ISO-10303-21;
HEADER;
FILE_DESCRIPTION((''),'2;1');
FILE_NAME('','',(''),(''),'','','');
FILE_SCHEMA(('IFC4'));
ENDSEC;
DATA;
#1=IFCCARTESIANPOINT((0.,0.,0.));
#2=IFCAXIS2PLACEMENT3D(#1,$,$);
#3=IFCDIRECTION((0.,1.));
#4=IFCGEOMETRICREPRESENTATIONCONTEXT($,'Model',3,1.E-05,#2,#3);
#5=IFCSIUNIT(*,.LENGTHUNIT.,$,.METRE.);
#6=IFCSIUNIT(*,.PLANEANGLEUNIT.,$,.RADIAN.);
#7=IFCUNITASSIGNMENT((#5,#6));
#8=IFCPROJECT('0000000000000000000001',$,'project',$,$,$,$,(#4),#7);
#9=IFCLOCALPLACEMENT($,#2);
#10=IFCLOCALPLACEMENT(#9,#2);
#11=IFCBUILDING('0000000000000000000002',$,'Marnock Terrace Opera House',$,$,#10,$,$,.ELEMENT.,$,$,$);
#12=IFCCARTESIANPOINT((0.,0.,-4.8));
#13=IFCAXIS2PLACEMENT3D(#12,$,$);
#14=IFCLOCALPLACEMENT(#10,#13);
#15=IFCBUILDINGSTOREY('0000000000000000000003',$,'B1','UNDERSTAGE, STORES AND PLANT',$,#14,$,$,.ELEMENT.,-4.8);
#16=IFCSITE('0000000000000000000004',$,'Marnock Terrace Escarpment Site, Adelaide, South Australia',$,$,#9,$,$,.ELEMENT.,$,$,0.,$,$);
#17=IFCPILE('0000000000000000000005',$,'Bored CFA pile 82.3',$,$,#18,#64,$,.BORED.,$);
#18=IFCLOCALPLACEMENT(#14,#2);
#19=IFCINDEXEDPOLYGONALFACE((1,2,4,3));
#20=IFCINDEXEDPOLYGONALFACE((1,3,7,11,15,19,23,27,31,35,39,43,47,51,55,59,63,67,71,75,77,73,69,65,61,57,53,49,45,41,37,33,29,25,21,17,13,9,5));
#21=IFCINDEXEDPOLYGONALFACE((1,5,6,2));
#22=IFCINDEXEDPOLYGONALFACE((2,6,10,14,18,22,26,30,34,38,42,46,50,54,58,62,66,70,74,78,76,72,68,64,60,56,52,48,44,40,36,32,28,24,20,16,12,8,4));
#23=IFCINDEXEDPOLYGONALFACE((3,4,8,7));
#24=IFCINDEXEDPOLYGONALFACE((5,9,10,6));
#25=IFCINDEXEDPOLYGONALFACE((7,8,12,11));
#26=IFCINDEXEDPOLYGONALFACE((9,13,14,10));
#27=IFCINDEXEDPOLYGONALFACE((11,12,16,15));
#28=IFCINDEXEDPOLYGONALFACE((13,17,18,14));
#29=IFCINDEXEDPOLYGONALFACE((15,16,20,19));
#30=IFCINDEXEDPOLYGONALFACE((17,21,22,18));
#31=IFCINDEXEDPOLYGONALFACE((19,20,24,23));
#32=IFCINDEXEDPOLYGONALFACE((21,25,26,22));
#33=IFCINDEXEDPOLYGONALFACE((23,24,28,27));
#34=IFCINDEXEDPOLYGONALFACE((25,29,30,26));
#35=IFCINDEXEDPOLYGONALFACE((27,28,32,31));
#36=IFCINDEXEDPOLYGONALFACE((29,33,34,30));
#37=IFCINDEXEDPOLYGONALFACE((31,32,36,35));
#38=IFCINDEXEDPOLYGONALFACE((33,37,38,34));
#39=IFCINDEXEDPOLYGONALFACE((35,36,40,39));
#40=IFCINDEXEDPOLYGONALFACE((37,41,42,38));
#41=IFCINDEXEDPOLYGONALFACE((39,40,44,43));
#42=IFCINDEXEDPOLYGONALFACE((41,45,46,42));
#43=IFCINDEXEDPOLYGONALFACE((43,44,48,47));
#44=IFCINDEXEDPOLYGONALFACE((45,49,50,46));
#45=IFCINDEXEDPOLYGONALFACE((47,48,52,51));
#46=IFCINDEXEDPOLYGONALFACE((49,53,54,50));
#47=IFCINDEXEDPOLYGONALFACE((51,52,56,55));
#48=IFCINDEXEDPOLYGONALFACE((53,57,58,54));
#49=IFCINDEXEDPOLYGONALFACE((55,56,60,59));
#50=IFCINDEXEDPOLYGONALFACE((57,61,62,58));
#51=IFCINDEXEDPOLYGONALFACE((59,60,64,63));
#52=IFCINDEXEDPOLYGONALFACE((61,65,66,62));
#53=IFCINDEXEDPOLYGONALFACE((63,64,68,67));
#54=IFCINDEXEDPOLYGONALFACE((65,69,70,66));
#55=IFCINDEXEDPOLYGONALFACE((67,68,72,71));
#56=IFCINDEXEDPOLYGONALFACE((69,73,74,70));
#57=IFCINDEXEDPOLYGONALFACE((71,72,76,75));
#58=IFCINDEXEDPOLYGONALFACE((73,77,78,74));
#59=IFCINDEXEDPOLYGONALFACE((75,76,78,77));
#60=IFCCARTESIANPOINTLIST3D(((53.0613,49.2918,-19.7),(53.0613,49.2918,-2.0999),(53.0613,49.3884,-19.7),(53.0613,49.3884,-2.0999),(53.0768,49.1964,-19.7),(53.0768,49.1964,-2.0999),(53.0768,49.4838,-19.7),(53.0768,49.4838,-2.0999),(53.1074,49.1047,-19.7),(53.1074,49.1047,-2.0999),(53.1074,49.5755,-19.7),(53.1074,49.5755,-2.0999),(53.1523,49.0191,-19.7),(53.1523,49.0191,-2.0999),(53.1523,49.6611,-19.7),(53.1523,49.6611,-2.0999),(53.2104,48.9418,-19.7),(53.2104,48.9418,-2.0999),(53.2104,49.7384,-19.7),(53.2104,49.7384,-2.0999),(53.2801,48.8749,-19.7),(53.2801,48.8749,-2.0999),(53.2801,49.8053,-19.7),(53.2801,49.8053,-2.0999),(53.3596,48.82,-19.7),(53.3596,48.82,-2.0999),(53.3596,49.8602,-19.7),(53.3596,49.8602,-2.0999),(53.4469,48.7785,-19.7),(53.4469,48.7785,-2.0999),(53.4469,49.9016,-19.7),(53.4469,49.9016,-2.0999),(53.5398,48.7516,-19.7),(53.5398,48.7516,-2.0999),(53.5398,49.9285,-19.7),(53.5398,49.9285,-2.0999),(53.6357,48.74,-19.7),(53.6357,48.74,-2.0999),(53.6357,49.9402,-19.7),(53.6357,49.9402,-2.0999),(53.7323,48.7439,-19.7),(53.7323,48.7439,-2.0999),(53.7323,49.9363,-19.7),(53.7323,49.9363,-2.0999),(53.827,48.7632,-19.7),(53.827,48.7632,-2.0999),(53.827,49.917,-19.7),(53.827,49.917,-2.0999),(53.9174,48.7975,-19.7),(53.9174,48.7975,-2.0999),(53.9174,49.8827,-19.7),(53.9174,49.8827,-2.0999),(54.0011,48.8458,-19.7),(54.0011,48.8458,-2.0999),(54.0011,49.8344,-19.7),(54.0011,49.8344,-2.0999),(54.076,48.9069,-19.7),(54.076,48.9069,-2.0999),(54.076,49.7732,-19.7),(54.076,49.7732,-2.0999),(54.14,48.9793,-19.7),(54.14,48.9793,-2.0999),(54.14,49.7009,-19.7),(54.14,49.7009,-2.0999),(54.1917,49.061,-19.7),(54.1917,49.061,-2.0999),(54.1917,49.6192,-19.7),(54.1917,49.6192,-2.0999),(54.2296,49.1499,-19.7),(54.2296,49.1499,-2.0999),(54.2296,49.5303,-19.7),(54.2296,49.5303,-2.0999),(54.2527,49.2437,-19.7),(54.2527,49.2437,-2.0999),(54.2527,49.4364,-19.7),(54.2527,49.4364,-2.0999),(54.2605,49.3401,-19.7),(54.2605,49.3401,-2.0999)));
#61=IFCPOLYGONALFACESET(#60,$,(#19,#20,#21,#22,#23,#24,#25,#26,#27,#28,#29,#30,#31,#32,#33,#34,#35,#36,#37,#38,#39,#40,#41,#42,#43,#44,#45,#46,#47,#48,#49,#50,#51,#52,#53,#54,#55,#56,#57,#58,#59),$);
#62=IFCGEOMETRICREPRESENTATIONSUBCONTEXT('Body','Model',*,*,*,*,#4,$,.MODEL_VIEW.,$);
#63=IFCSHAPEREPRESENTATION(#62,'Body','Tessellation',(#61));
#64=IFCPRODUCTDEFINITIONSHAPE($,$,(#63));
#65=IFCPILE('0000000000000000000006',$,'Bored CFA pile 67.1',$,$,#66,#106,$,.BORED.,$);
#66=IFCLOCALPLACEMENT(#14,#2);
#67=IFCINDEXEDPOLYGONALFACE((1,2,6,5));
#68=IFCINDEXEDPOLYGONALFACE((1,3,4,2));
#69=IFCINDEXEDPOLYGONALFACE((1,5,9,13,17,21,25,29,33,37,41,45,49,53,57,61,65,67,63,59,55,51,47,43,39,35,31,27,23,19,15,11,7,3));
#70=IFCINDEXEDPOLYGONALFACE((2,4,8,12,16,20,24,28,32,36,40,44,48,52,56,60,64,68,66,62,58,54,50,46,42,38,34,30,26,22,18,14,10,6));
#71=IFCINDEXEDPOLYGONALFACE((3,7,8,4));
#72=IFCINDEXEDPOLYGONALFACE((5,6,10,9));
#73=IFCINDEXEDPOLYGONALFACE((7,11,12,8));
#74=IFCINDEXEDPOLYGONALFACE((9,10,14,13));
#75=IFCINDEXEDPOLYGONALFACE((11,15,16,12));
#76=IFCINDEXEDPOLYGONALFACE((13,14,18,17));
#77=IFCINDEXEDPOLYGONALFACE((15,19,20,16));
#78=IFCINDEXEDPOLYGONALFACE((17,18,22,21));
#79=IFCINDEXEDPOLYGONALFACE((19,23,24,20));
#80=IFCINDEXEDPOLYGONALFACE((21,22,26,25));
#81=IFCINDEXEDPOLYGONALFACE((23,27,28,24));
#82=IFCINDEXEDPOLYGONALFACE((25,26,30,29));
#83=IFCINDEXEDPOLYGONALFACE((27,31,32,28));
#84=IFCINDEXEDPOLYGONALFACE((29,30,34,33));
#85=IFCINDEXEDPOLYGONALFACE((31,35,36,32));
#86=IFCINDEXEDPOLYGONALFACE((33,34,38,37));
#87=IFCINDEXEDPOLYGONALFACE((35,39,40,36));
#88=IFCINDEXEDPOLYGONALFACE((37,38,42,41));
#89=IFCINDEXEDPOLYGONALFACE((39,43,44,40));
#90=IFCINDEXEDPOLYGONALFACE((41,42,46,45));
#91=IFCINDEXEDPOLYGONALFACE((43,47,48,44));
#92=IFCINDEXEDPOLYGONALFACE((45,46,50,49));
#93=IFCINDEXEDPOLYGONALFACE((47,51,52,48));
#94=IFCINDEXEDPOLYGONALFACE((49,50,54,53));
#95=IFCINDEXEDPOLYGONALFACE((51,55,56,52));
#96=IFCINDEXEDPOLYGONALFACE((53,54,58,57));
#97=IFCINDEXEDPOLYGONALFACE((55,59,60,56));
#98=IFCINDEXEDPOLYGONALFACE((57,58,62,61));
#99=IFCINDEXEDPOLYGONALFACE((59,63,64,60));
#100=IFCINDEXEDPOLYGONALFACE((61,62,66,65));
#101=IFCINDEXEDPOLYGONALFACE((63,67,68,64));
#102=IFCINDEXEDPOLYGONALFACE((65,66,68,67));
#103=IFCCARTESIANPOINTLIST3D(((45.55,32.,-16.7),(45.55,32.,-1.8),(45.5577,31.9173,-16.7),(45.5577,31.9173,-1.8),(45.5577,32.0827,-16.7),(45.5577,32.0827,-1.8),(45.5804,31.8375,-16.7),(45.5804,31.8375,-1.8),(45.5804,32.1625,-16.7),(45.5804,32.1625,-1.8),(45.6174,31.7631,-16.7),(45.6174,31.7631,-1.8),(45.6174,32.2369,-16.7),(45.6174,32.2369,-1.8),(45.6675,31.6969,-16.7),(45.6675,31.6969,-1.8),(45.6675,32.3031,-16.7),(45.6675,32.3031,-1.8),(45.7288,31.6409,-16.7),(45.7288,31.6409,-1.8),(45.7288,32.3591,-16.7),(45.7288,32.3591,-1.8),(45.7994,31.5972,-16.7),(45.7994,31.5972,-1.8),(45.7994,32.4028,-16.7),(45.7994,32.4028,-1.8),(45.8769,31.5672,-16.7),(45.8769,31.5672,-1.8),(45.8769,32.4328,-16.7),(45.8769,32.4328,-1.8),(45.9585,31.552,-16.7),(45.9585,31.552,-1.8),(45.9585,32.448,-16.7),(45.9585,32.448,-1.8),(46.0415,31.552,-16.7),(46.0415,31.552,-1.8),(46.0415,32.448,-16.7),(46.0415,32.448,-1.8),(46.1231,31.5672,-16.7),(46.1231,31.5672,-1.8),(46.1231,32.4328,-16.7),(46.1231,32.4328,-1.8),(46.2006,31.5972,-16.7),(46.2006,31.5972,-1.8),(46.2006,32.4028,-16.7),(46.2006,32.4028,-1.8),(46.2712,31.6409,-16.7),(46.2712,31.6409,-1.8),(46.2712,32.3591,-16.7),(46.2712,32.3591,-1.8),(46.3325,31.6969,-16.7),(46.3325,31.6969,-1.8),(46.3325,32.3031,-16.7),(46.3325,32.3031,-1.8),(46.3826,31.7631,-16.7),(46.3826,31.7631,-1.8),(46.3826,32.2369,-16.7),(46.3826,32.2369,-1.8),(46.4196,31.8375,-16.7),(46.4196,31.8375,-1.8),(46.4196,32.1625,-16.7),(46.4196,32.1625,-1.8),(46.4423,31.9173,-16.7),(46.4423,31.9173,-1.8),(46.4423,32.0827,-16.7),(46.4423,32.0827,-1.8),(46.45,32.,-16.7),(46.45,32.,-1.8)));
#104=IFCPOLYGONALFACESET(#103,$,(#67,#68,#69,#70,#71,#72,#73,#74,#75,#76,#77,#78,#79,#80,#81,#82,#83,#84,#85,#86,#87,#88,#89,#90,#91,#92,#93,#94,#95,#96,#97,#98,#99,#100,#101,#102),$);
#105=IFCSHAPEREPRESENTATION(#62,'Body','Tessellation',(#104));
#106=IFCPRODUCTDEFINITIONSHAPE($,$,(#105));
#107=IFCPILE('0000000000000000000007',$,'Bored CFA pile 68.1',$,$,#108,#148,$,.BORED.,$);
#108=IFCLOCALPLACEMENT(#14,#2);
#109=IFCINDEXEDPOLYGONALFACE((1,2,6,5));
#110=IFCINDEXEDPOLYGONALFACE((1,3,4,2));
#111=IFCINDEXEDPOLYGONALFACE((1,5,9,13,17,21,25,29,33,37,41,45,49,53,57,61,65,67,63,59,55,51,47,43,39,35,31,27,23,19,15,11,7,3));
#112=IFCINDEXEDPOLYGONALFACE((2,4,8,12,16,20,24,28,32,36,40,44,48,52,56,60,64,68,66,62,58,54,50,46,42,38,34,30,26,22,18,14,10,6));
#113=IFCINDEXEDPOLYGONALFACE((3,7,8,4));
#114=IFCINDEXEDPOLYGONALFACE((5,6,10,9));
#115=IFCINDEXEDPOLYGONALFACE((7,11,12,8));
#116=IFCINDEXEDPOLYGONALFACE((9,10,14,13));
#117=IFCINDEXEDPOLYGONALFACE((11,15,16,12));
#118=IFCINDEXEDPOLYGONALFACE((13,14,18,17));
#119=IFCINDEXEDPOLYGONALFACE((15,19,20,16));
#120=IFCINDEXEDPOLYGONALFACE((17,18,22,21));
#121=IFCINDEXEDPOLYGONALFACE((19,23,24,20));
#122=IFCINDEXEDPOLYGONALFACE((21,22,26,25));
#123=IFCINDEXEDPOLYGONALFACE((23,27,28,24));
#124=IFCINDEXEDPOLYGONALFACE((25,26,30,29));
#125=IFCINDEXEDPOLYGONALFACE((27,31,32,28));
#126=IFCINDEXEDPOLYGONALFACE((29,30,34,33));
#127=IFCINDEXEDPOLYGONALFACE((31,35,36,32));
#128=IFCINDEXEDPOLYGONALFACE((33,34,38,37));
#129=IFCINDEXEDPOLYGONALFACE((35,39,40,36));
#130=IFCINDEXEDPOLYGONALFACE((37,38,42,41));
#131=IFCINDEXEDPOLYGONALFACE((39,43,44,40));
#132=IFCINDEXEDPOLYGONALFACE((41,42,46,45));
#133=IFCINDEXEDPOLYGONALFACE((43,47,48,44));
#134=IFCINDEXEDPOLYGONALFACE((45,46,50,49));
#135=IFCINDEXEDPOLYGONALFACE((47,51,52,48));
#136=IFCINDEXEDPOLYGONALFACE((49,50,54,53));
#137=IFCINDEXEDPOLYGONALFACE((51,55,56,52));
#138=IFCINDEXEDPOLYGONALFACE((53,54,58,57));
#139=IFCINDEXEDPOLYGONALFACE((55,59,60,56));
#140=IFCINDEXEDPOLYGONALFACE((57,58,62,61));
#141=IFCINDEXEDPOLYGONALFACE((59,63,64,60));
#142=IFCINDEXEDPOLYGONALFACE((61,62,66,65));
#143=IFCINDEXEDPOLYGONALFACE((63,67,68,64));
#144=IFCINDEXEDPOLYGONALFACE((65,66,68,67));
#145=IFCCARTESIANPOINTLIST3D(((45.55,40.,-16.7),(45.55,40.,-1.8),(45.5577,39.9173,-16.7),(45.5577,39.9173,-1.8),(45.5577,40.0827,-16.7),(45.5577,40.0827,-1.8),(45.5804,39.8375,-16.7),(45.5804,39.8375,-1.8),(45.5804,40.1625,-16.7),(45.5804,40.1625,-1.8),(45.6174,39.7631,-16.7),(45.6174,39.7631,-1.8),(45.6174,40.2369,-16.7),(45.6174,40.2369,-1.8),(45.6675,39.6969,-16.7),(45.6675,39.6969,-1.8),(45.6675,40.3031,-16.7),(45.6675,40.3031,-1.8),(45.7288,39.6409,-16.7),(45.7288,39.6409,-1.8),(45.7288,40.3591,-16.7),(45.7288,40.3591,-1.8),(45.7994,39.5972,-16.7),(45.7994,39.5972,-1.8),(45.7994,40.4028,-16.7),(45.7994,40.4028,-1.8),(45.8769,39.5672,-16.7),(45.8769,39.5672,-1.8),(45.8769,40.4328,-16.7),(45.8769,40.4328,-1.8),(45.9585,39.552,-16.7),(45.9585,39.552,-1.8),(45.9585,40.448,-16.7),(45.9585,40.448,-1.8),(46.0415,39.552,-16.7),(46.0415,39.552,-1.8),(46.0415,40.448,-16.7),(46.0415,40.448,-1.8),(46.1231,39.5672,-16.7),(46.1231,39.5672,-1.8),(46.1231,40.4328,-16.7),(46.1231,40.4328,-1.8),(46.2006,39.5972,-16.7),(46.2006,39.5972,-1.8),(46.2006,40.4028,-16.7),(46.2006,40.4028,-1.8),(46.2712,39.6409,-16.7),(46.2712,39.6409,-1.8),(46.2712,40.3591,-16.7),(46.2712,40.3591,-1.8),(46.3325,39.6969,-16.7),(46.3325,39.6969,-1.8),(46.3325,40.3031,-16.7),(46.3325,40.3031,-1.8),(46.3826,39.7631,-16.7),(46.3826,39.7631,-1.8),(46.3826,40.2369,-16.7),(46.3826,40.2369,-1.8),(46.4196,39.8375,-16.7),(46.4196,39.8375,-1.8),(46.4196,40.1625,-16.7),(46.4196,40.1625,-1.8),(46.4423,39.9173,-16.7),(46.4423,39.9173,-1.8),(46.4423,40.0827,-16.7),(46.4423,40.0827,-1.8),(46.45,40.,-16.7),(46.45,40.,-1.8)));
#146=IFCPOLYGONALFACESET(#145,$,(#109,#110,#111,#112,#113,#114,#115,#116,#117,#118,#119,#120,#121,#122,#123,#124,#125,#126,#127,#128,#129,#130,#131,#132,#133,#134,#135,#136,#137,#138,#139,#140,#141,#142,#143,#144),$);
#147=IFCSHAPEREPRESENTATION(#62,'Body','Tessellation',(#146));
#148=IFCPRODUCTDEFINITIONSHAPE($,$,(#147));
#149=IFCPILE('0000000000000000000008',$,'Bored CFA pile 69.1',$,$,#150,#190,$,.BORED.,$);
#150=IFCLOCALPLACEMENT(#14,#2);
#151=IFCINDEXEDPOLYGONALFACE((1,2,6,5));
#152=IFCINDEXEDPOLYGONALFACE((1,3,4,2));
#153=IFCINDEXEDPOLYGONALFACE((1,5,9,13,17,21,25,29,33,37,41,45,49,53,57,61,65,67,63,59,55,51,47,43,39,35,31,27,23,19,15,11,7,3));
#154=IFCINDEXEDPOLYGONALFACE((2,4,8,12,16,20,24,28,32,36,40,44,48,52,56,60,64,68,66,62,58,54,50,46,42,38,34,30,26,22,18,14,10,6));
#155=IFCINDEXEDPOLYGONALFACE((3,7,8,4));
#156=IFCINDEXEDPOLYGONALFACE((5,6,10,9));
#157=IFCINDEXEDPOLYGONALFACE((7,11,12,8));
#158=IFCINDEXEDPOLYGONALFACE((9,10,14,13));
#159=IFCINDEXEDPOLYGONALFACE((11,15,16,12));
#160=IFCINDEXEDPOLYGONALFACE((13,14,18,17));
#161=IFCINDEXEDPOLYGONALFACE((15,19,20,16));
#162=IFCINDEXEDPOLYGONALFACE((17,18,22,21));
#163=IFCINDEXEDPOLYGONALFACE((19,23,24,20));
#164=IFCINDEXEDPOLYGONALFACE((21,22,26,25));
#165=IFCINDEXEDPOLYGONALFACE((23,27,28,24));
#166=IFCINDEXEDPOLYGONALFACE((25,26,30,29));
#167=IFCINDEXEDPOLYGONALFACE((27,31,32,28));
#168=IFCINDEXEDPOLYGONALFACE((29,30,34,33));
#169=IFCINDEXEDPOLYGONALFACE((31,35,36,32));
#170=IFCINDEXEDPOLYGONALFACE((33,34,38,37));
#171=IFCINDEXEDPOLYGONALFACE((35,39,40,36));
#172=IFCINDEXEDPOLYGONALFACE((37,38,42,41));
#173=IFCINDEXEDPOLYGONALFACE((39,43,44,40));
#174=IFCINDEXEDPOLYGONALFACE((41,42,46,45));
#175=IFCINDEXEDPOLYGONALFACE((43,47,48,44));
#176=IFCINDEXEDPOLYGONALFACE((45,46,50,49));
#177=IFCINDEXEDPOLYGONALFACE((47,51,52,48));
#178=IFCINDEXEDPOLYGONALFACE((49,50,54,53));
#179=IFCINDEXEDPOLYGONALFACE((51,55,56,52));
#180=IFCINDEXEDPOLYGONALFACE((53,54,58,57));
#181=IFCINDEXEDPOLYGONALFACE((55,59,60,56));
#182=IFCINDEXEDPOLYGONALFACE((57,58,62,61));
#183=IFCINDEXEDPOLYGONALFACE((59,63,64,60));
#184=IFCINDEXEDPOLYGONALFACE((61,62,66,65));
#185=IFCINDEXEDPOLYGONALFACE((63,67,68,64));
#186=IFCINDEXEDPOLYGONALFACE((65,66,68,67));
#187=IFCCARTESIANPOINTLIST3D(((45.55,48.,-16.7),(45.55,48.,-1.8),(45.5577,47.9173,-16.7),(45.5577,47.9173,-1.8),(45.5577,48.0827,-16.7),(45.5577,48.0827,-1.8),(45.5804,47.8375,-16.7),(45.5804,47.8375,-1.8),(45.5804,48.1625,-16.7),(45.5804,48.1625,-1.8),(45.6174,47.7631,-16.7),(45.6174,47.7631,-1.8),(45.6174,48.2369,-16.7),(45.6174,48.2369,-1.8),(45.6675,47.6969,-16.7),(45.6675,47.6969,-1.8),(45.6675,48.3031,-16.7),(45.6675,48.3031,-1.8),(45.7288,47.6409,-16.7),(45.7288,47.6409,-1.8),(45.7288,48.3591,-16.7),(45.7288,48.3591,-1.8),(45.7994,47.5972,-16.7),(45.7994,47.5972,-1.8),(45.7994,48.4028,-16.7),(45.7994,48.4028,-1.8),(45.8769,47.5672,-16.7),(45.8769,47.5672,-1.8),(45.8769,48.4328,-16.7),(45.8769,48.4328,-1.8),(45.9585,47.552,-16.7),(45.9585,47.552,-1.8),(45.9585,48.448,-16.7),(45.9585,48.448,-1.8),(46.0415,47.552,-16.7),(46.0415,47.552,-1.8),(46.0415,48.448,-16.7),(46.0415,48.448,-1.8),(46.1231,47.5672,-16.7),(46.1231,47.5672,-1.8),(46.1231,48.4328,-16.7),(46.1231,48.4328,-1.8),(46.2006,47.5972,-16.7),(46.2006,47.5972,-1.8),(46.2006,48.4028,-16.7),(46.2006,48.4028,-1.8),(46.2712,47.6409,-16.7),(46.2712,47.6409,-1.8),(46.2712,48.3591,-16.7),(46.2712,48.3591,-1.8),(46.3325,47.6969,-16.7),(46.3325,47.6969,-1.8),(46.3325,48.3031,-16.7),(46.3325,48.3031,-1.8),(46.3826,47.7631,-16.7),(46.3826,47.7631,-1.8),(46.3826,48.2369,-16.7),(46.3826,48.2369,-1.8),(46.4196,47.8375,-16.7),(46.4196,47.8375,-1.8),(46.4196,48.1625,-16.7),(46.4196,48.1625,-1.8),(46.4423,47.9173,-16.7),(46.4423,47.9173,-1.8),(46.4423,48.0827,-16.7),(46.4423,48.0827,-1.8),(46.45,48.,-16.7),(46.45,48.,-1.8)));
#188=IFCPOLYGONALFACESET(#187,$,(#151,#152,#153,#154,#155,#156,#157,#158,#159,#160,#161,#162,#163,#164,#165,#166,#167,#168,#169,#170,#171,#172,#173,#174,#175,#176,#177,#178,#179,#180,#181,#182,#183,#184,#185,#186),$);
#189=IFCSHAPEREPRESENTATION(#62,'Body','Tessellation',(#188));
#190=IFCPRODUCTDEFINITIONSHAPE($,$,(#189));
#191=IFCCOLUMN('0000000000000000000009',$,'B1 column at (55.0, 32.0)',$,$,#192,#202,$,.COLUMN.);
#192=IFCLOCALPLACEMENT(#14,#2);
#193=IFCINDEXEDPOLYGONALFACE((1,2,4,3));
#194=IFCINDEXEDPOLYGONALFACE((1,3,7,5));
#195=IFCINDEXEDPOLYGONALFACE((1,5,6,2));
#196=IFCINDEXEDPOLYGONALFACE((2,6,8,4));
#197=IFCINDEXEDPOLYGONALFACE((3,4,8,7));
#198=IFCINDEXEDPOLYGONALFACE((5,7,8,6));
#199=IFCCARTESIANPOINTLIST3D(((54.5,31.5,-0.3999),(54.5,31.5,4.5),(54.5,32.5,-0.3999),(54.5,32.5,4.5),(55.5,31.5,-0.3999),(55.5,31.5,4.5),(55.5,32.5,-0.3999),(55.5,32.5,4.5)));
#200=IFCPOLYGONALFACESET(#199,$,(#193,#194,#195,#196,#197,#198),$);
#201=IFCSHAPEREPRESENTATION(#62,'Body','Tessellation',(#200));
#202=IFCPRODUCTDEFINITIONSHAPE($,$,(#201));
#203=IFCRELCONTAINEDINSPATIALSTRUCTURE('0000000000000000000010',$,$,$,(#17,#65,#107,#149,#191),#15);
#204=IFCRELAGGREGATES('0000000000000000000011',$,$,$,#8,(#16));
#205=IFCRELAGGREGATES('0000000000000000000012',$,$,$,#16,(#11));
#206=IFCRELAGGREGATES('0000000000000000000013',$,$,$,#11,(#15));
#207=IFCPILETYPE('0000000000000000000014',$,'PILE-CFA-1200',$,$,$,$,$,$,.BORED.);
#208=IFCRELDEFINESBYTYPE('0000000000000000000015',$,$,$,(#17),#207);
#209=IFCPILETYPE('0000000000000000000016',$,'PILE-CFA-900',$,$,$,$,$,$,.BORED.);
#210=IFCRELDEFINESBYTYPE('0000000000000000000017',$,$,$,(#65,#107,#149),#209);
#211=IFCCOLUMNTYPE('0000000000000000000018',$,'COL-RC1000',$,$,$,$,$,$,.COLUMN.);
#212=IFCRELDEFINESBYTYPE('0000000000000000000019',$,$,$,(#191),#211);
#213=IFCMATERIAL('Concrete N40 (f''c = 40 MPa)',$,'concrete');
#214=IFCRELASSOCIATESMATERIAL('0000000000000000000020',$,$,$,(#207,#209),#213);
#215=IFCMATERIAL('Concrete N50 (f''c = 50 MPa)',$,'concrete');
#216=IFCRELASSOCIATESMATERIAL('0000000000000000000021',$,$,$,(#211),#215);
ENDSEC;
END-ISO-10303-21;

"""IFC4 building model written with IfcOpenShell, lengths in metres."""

from ifc_helpers import new_model, si_unit, direction, frame, origin, origin_2d, place, context, subcontext, project, spatial, rectangle, circle, extrude, material, material_profile, profile_set, type_object, element, save


model = new_model("IFC4")

# Units and contexts
model_context = context("Model", 3, precision=1e-05, world=origin(), true_north=direction((0.0, 1.0)))
body_context = subcontext(model_context, "Body", "Model", "MODEL_VIEW")
ifc_project = project(units=[si_unit("LENGTHUNIT", "METRE"), si_unit("PLANEANGLEUNIT", "RADIAN")], contexts=[model_context])

# Site, building, storey
site_placement = place(None, origin())
site = spatial("IfcSite", under=ifc_project, at=site_placement, Name="Marnock Terrace Escarpment Site, Adelaide, South Australia", CompositionType="ELEMENT", RefElevation=0.0)
building_placement = place(site_placement, origin())
building = spatial("IfcBuilding", under=site, at=building_placement, Name="Marnock Terrace Opera House", CompositionType="ELEMENT")
storey_placement = place(building_placement, frame((0.0, 0.0, -4.8)))
storey = spatial("IfcBuildingStorey", under=building, at=storey_placement, Name="B1", Description="UNDERSTAGE, STORES AND PLANT", CompositionType="ELEMENT", Elevation=-4.8)

# Shared definitions
ifc_material_1 = material(Name="Concrete N40 (f'c = 40 MPa)", Category="concrete")

# Piles
ifc_material_profile_1 = material_profile(ifc_material_1, circle(Radius=0.6006, at=origin_2d()))
ifc_profile_set_1 = profile_set([ifc_material_profile_1], Name="Concrete N40 (f'c = 40 MPa)")
pile_type_1 = type_object("IfcPileType", Name="PILE-CFA-1200", PredefinedType="BORED", material=ifc_profile_set_1)
for number, where, z_axis, x_axis, name in (
    (1, (53.6599, 49.3401, -2.0999), (0.0, 0.0, -1.0), (1.0, 0.0, 0.0), "Bored CFA pile 82.3"),
):
    element("IfcPile", number, at=place(storey_placement, frame(where, z_axis=z_axis, x_axis=x_axis)), inside=storey, type_object=pile_type_1, Name=name, PredefinedType="BORED", context=body_context, shape_type="SweptSolid", body=[
        extrude(circle(Radius=0.6006, at=origin_2d()), origin(), (0.0, 0.0, 1.0), 17.6001),
    ])
ifc_material_profile_2 = material_profile(ifc_material_1, circle(Radius=0.45, at=origin_2d()))
ifc_profile_set_2 = profile_set([ifc_material_profile_2], Name="Concrete N40 (f'c = 40 MPa)")
pile_type_2 = type_object("IfcPileType", Name="PILE-CFA-900", PredefinedType="BORED", material=ifc_profile_set_2)
for number, where, z_axis, x_axis, name in (
    (2, (46.0, 32.0, -1.8), (0.0, 0.0, -1.0), (1.0, 0.0, 0.0), "Bored CFA pile 67.1"),
    (3, (46.0, 40.0, -1.8), (0.0, 0.0, -1.0), (1.0, 0.0, 0.0), "Bored CFA pile 68.1"),
    (4, (46.0, 48.0, -1.8), (0.0, 0.0, -1.0), (1.0, 0.0, 0.0), "Bored CFA pile 69.1"),
):
    element("IfcPile", number, at=place(storey_placement, frame(where, z_axis=z_axis, x_axis=x_axis)), inside=storey, type_object=pile_type_2, Name=name, PredefinedType="BORED", context=body_context, shape_type="SweptSolid", body=[
        extrude(circle(Radius=0.45, at=origin_2d()), origin(), (0.0, 0.0, 1.0), 14.8999),
    ])

# Column
ifc_material_2 = material(Name="Concrete N50 (f'c = 50 MPa)", Category="concrete")
ifc_material_profile_3 = material_profile(ifc_material_2, rectangle(XDim=1.0, YDim=1.0, at=origin_2d()))
ifc_profile_set_3 = profile_set([ifc_material_profile_3], Name="Concrete N50 (f'c = 50 MPa)")
column_type_1 = type_object("IfcColumnType", Name="COL-RC1000", PredefinedType="COLUMN", material=ifc_profile_set_3)
column_placement = place(storey_placement, frame((55.0, 32.0, -0.3999), z_axis=(0.0, 0.0, 1.0), x_axis=(1.0, 0.0, 0.0)))
element("IfcColumn", 5, at=column_placement, inside=storey, type_object=column_type_1, Name="B1 column at (55.0, 32.0)", PredefinedType="COLUMN", context=body_context, shape_type="SweptSolid", body=[
    extrude(rectangle(XDim=1.0, YDim=1.0, at=origin_2d()), origin(), (0.0, 0.0, 1.0), 4.8999),
])

save(model, "model.ifc")
